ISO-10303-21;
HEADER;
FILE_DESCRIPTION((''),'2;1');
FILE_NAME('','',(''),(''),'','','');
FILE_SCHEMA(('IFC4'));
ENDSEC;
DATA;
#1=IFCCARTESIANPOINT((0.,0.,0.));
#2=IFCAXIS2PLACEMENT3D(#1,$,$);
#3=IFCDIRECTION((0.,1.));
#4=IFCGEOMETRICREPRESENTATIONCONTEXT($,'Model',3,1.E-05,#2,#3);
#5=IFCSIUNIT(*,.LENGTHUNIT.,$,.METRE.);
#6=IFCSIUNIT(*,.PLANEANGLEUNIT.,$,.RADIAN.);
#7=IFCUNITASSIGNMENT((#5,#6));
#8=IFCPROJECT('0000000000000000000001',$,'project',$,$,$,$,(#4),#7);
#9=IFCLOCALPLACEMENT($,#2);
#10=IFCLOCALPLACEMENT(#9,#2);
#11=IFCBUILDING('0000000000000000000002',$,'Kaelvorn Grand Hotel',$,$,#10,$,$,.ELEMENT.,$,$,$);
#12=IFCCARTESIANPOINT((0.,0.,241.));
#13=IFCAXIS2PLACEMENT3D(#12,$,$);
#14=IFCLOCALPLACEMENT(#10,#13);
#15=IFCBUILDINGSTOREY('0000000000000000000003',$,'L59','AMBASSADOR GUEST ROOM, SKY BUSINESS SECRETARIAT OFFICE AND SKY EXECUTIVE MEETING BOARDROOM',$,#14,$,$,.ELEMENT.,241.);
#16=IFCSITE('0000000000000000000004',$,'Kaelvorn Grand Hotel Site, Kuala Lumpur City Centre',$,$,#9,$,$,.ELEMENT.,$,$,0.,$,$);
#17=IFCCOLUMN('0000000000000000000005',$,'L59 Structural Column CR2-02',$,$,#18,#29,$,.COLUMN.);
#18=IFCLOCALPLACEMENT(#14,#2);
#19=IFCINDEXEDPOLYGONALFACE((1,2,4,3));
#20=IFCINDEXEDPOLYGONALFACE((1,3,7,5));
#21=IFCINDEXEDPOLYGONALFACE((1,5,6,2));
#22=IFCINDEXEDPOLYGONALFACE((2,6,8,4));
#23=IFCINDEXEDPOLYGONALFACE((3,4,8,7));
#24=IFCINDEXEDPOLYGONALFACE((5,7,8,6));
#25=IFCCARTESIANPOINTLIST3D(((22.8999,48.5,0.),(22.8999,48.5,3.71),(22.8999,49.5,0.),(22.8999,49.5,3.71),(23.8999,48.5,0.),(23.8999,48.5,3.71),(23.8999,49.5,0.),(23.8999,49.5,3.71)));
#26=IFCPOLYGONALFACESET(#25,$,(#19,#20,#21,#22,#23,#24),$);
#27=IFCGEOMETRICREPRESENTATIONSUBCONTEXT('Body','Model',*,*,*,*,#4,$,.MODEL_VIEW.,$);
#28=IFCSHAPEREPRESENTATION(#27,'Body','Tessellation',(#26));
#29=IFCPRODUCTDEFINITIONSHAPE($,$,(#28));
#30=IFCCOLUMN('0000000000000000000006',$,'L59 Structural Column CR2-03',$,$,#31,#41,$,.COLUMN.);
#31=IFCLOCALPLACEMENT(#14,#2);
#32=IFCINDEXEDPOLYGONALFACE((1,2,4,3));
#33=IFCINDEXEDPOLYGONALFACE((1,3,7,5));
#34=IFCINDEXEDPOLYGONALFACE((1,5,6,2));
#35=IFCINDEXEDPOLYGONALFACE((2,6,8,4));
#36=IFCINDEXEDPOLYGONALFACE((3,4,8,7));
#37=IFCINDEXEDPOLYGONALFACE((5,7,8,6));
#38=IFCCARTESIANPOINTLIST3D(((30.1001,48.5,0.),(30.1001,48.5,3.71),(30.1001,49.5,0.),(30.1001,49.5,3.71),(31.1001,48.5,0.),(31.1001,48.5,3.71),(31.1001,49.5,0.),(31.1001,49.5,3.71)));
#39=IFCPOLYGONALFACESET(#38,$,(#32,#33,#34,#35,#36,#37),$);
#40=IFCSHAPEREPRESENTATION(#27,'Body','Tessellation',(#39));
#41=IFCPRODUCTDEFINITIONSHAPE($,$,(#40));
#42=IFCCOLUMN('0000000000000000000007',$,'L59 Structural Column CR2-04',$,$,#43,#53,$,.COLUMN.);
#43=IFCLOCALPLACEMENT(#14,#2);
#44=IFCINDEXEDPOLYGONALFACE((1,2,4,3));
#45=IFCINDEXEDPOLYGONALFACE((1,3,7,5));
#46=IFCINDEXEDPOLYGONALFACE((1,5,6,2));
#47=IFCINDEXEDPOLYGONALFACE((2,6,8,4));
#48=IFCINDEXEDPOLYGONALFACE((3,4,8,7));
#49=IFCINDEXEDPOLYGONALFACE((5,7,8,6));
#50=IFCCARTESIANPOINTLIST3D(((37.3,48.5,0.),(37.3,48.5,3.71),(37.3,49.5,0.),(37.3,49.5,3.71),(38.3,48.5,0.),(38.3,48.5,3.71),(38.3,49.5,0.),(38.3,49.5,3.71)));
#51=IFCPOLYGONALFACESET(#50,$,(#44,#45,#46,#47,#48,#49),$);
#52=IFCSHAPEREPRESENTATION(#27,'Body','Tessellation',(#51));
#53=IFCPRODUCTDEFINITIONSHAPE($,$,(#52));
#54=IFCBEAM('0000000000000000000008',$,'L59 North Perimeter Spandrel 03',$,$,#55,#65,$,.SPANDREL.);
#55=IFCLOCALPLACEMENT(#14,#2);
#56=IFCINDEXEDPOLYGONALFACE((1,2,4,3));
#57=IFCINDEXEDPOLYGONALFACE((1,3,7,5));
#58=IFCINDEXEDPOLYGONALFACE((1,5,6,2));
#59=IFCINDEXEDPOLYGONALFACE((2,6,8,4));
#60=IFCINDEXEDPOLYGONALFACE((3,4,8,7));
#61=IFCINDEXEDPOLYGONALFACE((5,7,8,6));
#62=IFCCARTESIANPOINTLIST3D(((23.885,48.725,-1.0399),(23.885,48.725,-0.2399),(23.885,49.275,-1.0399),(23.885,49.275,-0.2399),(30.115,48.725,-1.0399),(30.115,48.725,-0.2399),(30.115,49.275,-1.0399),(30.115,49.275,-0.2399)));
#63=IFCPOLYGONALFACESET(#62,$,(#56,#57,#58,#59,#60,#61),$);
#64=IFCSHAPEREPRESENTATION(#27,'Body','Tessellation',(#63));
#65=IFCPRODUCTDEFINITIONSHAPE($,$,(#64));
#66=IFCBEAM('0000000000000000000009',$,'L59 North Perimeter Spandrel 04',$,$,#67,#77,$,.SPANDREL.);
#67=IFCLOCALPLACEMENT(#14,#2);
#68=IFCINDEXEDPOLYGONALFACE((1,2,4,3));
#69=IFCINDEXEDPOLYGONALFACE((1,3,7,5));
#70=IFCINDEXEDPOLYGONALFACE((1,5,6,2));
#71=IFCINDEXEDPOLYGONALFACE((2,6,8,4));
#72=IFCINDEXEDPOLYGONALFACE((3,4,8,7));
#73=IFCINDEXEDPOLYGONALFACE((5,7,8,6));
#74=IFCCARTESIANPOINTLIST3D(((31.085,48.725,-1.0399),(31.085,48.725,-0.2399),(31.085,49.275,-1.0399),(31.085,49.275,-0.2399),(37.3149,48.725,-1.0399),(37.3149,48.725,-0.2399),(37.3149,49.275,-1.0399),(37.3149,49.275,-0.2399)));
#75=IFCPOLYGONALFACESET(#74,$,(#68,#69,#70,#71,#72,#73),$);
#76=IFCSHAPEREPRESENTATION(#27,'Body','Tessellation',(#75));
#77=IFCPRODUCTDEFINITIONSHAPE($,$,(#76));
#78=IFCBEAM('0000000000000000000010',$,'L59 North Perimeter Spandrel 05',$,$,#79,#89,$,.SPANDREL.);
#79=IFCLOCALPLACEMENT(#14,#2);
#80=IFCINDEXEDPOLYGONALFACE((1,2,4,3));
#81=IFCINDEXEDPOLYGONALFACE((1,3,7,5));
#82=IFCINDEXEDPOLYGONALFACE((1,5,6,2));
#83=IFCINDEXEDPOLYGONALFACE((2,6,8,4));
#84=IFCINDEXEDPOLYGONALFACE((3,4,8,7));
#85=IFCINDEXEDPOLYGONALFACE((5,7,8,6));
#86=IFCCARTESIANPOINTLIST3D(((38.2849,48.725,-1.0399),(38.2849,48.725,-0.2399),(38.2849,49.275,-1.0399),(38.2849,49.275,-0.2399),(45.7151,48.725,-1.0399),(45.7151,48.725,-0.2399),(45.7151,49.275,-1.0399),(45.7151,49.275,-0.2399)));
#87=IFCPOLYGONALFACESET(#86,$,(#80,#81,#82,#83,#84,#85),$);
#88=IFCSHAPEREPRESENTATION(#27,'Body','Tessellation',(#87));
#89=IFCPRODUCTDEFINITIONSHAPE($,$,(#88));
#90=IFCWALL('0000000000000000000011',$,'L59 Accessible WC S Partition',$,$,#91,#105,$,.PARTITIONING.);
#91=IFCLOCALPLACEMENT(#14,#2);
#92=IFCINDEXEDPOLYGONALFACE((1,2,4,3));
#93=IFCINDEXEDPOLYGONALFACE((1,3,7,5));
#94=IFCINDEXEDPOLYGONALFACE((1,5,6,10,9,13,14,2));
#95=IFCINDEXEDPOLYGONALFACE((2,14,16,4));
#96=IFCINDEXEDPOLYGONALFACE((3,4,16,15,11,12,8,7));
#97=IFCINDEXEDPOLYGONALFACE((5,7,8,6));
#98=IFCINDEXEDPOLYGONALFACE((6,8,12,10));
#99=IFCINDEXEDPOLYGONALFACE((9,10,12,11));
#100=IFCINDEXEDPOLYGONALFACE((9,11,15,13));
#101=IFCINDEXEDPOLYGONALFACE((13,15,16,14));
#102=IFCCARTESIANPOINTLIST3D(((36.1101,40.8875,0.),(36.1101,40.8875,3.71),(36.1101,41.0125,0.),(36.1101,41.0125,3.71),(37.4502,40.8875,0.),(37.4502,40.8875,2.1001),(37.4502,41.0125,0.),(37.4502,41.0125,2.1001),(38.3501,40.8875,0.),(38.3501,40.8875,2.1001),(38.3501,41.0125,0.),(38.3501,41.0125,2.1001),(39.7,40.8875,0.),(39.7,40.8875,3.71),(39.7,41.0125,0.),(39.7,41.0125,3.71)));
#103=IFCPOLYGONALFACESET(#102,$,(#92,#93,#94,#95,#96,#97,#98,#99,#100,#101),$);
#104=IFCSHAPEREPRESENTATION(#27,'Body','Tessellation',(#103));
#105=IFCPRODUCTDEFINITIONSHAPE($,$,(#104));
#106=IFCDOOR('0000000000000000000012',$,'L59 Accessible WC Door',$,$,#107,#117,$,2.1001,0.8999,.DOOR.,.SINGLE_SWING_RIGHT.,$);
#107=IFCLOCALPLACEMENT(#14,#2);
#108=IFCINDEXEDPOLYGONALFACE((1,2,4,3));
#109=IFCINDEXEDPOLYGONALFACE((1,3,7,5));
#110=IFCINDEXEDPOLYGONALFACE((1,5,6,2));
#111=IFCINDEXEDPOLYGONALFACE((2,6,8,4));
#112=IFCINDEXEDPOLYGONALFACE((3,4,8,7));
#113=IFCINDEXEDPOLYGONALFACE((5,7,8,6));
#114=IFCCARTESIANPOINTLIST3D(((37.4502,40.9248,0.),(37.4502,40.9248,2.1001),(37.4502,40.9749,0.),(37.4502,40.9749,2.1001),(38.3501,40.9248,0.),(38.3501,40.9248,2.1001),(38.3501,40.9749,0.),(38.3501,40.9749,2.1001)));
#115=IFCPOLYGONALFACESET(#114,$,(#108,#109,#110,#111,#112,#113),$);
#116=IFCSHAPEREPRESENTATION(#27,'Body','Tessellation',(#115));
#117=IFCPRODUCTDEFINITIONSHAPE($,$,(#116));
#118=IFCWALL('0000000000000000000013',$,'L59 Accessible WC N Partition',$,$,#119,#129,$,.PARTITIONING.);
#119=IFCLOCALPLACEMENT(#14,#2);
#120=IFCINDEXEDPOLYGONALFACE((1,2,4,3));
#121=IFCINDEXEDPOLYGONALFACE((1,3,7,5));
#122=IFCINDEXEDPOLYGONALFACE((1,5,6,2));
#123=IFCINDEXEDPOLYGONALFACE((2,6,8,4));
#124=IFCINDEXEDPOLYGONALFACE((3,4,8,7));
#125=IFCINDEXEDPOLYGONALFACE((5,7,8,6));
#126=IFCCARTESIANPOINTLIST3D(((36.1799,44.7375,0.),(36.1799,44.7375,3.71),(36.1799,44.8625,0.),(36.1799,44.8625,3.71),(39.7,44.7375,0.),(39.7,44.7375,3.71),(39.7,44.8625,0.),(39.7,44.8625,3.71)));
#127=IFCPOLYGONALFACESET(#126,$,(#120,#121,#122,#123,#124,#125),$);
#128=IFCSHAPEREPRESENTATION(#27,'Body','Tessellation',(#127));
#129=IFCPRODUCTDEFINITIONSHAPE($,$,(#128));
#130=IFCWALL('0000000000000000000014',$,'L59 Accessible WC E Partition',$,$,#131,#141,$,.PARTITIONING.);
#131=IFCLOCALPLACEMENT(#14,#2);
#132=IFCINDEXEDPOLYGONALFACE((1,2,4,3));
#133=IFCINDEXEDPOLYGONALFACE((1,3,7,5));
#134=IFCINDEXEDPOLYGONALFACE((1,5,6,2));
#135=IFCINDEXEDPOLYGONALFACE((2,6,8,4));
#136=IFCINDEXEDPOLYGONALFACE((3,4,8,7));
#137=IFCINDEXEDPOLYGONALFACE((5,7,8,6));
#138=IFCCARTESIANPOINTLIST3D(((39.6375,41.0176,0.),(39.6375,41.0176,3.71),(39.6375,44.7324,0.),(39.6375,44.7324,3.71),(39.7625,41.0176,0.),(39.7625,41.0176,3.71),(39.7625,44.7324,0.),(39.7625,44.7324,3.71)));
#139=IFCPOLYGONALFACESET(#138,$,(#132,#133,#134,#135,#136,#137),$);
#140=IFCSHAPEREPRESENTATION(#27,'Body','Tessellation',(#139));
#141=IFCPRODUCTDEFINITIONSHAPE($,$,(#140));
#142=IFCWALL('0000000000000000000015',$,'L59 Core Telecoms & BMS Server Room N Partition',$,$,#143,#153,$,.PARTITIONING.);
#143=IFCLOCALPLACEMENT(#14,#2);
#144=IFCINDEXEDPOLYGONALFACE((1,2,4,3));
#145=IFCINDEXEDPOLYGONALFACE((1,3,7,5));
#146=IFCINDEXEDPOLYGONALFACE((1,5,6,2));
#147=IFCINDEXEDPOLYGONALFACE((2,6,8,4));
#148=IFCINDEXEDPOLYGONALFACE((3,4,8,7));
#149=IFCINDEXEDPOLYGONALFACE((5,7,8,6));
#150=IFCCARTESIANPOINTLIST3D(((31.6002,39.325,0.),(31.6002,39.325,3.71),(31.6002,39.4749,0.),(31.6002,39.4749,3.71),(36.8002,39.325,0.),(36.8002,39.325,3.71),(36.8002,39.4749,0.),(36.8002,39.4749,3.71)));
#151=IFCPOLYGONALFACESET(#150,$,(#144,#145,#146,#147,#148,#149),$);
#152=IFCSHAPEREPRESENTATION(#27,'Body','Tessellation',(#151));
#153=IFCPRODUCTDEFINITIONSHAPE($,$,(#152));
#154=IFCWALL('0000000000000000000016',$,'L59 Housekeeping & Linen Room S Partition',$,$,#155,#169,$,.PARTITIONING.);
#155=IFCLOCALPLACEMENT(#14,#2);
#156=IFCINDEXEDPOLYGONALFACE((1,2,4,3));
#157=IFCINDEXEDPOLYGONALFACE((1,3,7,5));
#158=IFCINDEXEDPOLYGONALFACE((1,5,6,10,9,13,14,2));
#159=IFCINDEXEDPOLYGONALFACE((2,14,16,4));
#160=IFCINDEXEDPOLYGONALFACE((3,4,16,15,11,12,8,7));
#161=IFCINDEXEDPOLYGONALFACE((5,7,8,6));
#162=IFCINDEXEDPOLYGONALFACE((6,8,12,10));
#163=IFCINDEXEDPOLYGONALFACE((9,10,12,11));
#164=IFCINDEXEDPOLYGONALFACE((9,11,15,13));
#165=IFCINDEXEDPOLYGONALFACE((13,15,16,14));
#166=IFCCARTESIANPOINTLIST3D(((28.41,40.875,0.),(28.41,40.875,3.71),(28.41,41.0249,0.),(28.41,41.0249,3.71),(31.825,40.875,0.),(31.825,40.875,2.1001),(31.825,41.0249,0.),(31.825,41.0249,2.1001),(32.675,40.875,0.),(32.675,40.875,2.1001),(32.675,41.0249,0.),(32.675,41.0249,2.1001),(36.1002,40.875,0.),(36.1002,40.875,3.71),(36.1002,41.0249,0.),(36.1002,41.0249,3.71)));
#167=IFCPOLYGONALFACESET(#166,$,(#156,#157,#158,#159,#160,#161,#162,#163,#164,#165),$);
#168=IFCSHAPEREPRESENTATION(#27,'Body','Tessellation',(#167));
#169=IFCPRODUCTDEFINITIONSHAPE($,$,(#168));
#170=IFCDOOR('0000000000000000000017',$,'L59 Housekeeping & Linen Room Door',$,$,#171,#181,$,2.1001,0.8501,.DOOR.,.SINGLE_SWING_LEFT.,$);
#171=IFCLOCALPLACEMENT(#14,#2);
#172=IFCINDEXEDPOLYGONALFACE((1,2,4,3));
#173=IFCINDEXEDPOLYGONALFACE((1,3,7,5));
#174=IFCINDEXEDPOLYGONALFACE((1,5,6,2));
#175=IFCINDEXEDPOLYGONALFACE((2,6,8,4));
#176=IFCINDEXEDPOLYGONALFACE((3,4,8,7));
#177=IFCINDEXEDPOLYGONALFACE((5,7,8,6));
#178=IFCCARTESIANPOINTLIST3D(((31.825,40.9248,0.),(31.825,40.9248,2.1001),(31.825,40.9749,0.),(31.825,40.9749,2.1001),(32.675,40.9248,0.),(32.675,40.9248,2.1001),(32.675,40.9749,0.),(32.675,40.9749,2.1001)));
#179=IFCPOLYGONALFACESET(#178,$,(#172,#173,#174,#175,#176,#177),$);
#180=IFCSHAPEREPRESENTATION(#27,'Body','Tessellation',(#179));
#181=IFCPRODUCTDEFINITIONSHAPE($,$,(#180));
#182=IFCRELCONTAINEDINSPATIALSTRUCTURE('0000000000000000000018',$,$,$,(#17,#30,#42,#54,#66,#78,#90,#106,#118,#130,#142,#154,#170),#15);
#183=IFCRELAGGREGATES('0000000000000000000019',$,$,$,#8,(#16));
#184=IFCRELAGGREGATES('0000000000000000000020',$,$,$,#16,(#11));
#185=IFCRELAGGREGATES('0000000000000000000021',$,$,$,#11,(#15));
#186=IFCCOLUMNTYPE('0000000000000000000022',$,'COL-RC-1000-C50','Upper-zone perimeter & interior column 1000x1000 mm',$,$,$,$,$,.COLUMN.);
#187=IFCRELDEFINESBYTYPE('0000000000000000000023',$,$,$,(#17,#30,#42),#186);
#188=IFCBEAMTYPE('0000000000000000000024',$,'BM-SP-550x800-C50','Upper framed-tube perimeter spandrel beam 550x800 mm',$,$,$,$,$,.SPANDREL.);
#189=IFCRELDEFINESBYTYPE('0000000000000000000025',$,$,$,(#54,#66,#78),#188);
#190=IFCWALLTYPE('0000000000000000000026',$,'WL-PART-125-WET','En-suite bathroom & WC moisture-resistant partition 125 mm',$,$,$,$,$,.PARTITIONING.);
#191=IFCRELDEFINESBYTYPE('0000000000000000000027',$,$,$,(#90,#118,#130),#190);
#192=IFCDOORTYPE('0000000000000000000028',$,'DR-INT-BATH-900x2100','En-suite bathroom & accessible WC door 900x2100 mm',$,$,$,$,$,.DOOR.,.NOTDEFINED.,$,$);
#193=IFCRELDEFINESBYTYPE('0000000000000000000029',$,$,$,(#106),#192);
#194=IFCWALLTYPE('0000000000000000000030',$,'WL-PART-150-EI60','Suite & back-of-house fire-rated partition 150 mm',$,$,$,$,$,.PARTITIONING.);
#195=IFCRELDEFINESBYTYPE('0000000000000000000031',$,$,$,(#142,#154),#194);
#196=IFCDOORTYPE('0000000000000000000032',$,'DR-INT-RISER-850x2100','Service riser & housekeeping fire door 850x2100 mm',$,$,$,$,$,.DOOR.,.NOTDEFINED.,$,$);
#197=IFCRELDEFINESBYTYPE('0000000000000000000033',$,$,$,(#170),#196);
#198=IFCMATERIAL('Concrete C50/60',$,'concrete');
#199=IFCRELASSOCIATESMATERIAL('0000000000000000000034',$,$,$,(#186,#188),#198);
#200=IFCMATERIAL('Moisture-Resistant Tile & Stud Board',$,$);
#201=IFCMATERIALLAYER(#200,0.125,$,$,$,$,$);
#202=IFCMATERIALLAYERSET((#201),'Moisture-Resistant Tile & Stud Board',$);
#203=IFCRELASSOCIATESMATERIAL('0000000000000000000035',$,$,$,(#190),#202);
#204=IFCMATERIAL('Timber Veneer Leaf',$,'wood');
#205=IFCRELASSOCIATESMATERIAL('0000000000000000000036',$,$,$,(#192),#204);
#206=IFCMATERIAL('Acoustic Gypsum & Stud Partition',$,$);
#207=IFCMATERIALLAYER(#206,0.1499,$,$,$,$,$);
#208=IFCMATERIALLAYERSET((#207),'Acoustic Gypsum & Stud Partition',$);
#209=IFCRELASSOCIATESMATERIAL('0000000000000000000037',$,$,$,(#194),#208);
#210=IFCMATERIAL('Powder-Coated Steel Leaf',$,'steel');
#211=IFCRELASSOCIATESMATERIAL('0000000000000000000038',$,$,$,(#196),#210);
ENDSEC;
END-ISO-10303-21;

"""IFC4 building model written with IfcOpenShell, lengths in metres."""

from ifc_helpers import new_model, si_unit, direction, frame, frame_2d, origin, origin_2d, place, context, subcontext, project, spatial, rectangle, extrude, material, layer, layer_set, material_profile, profile_set, type_object, element, fill, save


model = new_model("IFC4")

# Units and contexts
model_context = context("Model", 3, precision=1e-05, world=origin(), true_north=direction((0.0, 1.0)))
body_context = subcontext(model_context, "Body", "Model", "MODEL_VIEW")
ifc_project = project(units=[si_unit("LENGTHUNIT", "METRE"), si_unit("PLANEANGLEUNIT", "RADIAN")], contexts=[model_context])

# Site, building, storey
site_placement = place(None, origin())
site = spatial("IfcSite", under=ifc_project, at=site_placement, Name="Kaelvorn Grand Hotel Site, Kuala Lumpur City Centre", CompositionType="ELEMENT", RefElevation=0.0)
building_placement = place(site_placement, origin())
building = spatial("IfcBuilding", under=site, at=building_placement, Name="Kaelvorn Grand Hotel", CompositionType="ELEMENT")
storey_placement = place(building_placement, frame((0.0, 0.0, 241.0)))
storey = spatial("IfcBuildingStorey", under=building, at=storey_placement, Name="L59", Description="AMBASSADOR GUEST ROOM, SKY BUSINESS SECRETARIAT OFFICE AND SKY EXECUTIVE MEETING BOARDROOM", CompositionType="ELEMENT", Elevation=241.0)

# Columns
ifc_material_1 = material(Name="Concrete C50/60", Category="concrete")
ifc_material_profile_1 = material_profile(ifc_material_1, rectangle(XDim=1.0, YDim=1.0, at=origin_2d()), Name="RC COL 1000x1000")
ifc_profile_set_1 = profile_set([ifc_material_profile_1], Name="Concrete C50/60")
column_type = type_object("IfcColumnType", Name="COL-RC-1000-C50", Description="Upper-zone perimeter & interior column 1000x1000 mm", PredefinedType="COLUMN", material=ifc_profile_set_1)
for number, where, z_axis, x_axis, name in (
    (1, (23.3999, 49.0, 0.0), (0.0, 0.0, 1.0), (1.0, 0.0, 0.0), "L59 Structural Column CR2-02"),
    (2, (30.6001, 49.0, 0.0), (0.0, 0.0, 1.0), (1.0, 0.0, 0.0), "L59 Structural Column CR2-03"),
    (3, (37.8, 49.0, 0.0), (0.0, 0.0, 1.0), (1.0, 0.0, 0.0), "L59 Structural Column CR2-04"),
):
    element("IfcColumn", number, at=place(storey_placement, frame(where, z_axis=z_axis, x_axis=x_axis)), inside=storey, type_object=column_type, Name=name, PredefinedType="COLUMN", context=body_context, shape_type="SweptSolid", body=[
        extrude(rectangle(XDim=1.0, YDim=1.0, at=origin_2d()), origin(), (0.0, 0.0, 1.0), 3.71),
    ])

# Beams
ifc_material_profile_2 = material_profile(ifc_material_1, rectangle(XDim=0.55, YDim=0.8, at=origin_2d()), Name="RC SPANDREL 550x800")
ifc_profile_set_2 = profile_set([ifc_material_profile_2], Name="Concrete C50/60")
beam_type = type_object("IfcBeamType", Name="BM-SP-550x800-C50", Description="Upper framed-tube perimeter spandrel beam 550x800 mm", PredefinedType="SPANDREL", material=ifc_profile_set_2)
for number, where, z_axis, x_axis, name in (
    (4, (23.885, 49.0, -0.6399), (1.0, 0.0, 0.0), (0.0, 1.0, 0.0), "L59 North Perimeter Spandrel 03"),
    (5, (31.085, 49.0, -0.6399), (1.0, 0.0, 0.0), (0.0, 1.0, 0.0), "L59 North Perimeter Spandrel 04"),
):
    element("IfcBeam", number, at=place(storey_placement, frame(where, z_axis=z_axis, x_axis=x_axis)), inside=storey, type_object=beam_type, Name=name, PredefinedType="SPANDREL", context=body_context, shape_type="SweptSolid", body=[
        extrude(rectangle(XDim=0.55, YDim=0.8, at=origin_2d()), origin(), (0.0, 0.0, 1.0), 6.23),
    ])
beam_placement = place(storey_placement, frame((38.2849, 49.0, -0.6399), z_axis=(1.0, 0.0, 0.0), x_axis=(0.0, 1.0, 0.0)))
element("IfcBeam", 6, at=beam_placement, inside=storey, type_object=beam_type, Name="L59 North Perimeter Spandrel 05", PredefinedType="SPANDREL", context=body_context, shape_type="SweptSolid", body=[
    extrude(rectangle(XDim=0.55, YDim=0.8, at=origin_2d()), origin(), (0.0, 0.0, 1.0), 7.4302),
])

# Wall, opening, door
ifc_material_2 = material(Name="Moisture-Resistant Tile & Stud Board")
ifc_layer_1 = layer(ifc_material_2, 0.125)
ifc_layer_set_1 = layer_set([ifc_layer_1], Name="Moisture-Resistant Tile & Stud Board")
wall_type_1 = type_object("IfcWallType", Name="WL-PART-125-WET", Description="En-suite bathroom & WC moisture-resistant partition 125 mm", PredefinedType="PARTITIONING", material=ifc_layer_set_1)
wall_1_placement = place(storey_placement, frame((36.1101, 40.95, 0.0), z_axis=(0.0, 0.0, 1.0), x_axis=(1.0, 0.0, 0.0)))
wall_1 = element("IfcWall", 7, at=wall_1_placement, inside=storey, type_object=wall_type_1, Name="L59 Accessible WC S Partition", PredefinedType="PARTITIONING", context=body_context, shape_type="SweptSolid", body=[
    extrude(rectangle(XDim=3.5898, YDim=0.125, at=frame_2d((1.7949, 0.0))), origin(), (0.0, 0.0, 1.0), 3.71),
])
opening_1_placement = place(wall_1_placement, frame((1.3401, 0.0, 0.0)))
opening_1 = element("IfcOpeningElement", 8, at=opening_1_placement, cuts=wall_1, PredefinedType="OPENING", context=body_context, shape_type="SweptSolid", body=[
    extrude(rectangle(XDim=0.8999, YDim=2.1001, at=frame_2d((0.45, 1.05))), frame((0.0, 0.0725, 0.0), z_axis=(0.0, -1.0, 0.0), x_axis=(1.0, 0.0, 0.0)), (0.0, 0.0, 1.0), 0.145),
])
ifc_material_3 = material(Name="Timber Veneer Leaf", Category="wood")
door_type_1 = type_object("IfcDoorType", Name="DR-INT-BATH-900x2100", Description="En-suite bathroom & accessible WC door 900x2100 mm", OperationType="NOTDEFINED", PredefinedType="DOOR", material=ifc_material_3)
door_1_placement = place(opening_1_placement, origin())
door_1 = element("IfcDoor", 9, at=door_1_placement, inside=storey, type_object=door_type_1, Name="L59 Accessible WC Door", OperationType="SINGLE_SWING_RIGHT", OverallHeight=2.1001, OverallWidth=0.8999, PredefinedType="DOOR", context=body_context, shape_type="SweptSolid", body=[
    extrude(rectangle(XDim=0.8999, YDim=2.1001, at=frame_2d((0.45, 1.05))), frame((0.0, 0.0249, 0.0), z_axis=(0.0, -1.0, 0.0), x_axis=(1.0, 0.0, 0.0)), (0.0, 0.0, 1.0), 0.05),
])
fill(opening_1, door_1)

# Walls
wall_2_placement = place(storey_placement, frame((36.1799, 44.8, 0.0), z_axis=(0.0, 0.0, 1.0), x_axis=(1.0, 0.0, 0.0)))
element("IfcWall", 10, at=wall_2_placement, inside=storey, type_object=wall_type_1, Name="L59 Accessible WC N Partition", PredefinedType="PARTITIONING", context=body_context, shape_type="SweptSolid", body=[
    extrude(rectangle(XDim=3.52, YDim=0.125, at=frame_2d((1.76, 0.0))), origin(), (0.0, 0.0, 1.0), 3.71),
])
wall_3_placement = place(storey_placement, frame((39.7, 41.0176, 0.0), z_axis=(0.0, 0.0, 1.0), x_axis=(0.0, 1.0, 0.0)))
element("IfcWall", 11, at=wall_3_placement, inside=storey, type_object=wall_type_1, Name="L59 Accessible WC E Partition", PredefinedType="PARTITIONING", context=body_context, shape_type="SweptSolid", body=[
    extrude(rectangle(XDim=3.7148, YDim=0.125, at=frame_2d((1.8574, 0.0))), origin(), (0.0, 0.0, 1.0), 3.71),
])
ifc_material_4 = material(Name="Acoustic Gypsum & Stud Partition")
ifc_layer_2 = layer(ifc_material_4, 0.1499)
ifc_layer_set_2 = layer_set([ifc_layer_2], Name="Acoustic Gypsum & Stud Partition")
wall_type_2 = type_object("IfcWallType", Name="WL-PART-150-EI60", Description="Suite & back-of-house fire-rated partition 150 mm", PredefinedType="PARTITIONING", material=ifc_layer_set_2)
wall_4_placement = place(storey_placement, frame((31.6001, 39.3999, 0.0), z_axis=(0.0, 0.0, 1.0), x_axis=(1.0, 0.0, 0.0)))
element("IfcWall", 12, at=wall_4_placement, inside=storey, type_object=wall_type_2, Name="L59 Core Telecoms & BMS Server Room N Partition", PredefinedType="PARTITIONING", context=body_context, shape_type="SweptSolid", body=[
    extrude(rectangle(XDim=5.2, YDim=0.1499, at=frame_2d((2.6001, 0.0))), origin(), (0.0, 0.0, 1.0), 3.71),
])

# Wall, opening, door
wall_5_placement = place(storey_placement, frame((28.4099, 40.95, 0.0), z_axis=(0.0, 0.0, 1.0), x_axis=(1.0, 0.0, 0.0)))
wall_5 = element("IfcWall", 13, at=wall_5_placement, inside=storey, type_object=wall_type_2, Name="L59 Housekeeping & Linen Room S Partition", PredefinedType="PARTITIONING", context=body_context, shape_type="SweptSolid", body=[
    extrude(rectangle(XDim=7.6902, YDim=0.1499, at=frame_2d((3.8452, 0.0))), origin(), (0.0, 0.0, 1.0), 3.71),
])
opening_2_placement = place(wall_5_placement, frame((3.415, 0.0, 0.0)))
opening_2 = element("IfcOpeningElement", 14, at=opening_2_placement, cuts=wall_5, PredefinedType="OPENING", context=body_context, shape_type="SweptSolid", body=[
    extrude(rectangle(XDim=0.8501, YDim=2.1001, at=frame_2d((0.425, 1.05))), frame((0.0, 0.085, 0.0), z_axis=(0.0, -1.0, 0.0), x_axis=(1.0, 0.0, 0.0)), (0.0, 0.0, 1.0), 0.1699),
])
ifc_material_5 = material(Name="Powder-Coated Steel Leaf", Category="steel")
door_type_2 = type_object("IfcDoorType", Name="DR-INT-RISER-850x2100", Description="Service riser & housekeeping fire door 850x2100 mm", OperationType="NOTDEFINED", PredefinedType="DOOR", material=ifc_material_5)
door_2_placement = place(opening_2_placement, origin())
door_2 = element("IfcDoor", 15, at=door_2_placement, inside=storey, type_object=door_type_2, Name="L59 Housekeeping & Linen Room Door", OperationType="SINGLE_SWING_LEFT", OverallHeight=2.1001, OverallWidth=0.8501, PredefinedType="DOOR", context=body_context, shape_type="SweptSolid", body=[
    extrude(rectangle(XDim=0.8501, YDim=2.1001, at=frame_2d((0.425, 1.05))), frame((0.0, 0.0249, 0.0), z_axis=(0.0, -1.0, 0.0), x_axis=(1.0, 0.0, 0.0)), (0.0, 0.0, 1.0), 0.05),
])
fill(opening_2, door_2)

save(model, "model.ifc")
